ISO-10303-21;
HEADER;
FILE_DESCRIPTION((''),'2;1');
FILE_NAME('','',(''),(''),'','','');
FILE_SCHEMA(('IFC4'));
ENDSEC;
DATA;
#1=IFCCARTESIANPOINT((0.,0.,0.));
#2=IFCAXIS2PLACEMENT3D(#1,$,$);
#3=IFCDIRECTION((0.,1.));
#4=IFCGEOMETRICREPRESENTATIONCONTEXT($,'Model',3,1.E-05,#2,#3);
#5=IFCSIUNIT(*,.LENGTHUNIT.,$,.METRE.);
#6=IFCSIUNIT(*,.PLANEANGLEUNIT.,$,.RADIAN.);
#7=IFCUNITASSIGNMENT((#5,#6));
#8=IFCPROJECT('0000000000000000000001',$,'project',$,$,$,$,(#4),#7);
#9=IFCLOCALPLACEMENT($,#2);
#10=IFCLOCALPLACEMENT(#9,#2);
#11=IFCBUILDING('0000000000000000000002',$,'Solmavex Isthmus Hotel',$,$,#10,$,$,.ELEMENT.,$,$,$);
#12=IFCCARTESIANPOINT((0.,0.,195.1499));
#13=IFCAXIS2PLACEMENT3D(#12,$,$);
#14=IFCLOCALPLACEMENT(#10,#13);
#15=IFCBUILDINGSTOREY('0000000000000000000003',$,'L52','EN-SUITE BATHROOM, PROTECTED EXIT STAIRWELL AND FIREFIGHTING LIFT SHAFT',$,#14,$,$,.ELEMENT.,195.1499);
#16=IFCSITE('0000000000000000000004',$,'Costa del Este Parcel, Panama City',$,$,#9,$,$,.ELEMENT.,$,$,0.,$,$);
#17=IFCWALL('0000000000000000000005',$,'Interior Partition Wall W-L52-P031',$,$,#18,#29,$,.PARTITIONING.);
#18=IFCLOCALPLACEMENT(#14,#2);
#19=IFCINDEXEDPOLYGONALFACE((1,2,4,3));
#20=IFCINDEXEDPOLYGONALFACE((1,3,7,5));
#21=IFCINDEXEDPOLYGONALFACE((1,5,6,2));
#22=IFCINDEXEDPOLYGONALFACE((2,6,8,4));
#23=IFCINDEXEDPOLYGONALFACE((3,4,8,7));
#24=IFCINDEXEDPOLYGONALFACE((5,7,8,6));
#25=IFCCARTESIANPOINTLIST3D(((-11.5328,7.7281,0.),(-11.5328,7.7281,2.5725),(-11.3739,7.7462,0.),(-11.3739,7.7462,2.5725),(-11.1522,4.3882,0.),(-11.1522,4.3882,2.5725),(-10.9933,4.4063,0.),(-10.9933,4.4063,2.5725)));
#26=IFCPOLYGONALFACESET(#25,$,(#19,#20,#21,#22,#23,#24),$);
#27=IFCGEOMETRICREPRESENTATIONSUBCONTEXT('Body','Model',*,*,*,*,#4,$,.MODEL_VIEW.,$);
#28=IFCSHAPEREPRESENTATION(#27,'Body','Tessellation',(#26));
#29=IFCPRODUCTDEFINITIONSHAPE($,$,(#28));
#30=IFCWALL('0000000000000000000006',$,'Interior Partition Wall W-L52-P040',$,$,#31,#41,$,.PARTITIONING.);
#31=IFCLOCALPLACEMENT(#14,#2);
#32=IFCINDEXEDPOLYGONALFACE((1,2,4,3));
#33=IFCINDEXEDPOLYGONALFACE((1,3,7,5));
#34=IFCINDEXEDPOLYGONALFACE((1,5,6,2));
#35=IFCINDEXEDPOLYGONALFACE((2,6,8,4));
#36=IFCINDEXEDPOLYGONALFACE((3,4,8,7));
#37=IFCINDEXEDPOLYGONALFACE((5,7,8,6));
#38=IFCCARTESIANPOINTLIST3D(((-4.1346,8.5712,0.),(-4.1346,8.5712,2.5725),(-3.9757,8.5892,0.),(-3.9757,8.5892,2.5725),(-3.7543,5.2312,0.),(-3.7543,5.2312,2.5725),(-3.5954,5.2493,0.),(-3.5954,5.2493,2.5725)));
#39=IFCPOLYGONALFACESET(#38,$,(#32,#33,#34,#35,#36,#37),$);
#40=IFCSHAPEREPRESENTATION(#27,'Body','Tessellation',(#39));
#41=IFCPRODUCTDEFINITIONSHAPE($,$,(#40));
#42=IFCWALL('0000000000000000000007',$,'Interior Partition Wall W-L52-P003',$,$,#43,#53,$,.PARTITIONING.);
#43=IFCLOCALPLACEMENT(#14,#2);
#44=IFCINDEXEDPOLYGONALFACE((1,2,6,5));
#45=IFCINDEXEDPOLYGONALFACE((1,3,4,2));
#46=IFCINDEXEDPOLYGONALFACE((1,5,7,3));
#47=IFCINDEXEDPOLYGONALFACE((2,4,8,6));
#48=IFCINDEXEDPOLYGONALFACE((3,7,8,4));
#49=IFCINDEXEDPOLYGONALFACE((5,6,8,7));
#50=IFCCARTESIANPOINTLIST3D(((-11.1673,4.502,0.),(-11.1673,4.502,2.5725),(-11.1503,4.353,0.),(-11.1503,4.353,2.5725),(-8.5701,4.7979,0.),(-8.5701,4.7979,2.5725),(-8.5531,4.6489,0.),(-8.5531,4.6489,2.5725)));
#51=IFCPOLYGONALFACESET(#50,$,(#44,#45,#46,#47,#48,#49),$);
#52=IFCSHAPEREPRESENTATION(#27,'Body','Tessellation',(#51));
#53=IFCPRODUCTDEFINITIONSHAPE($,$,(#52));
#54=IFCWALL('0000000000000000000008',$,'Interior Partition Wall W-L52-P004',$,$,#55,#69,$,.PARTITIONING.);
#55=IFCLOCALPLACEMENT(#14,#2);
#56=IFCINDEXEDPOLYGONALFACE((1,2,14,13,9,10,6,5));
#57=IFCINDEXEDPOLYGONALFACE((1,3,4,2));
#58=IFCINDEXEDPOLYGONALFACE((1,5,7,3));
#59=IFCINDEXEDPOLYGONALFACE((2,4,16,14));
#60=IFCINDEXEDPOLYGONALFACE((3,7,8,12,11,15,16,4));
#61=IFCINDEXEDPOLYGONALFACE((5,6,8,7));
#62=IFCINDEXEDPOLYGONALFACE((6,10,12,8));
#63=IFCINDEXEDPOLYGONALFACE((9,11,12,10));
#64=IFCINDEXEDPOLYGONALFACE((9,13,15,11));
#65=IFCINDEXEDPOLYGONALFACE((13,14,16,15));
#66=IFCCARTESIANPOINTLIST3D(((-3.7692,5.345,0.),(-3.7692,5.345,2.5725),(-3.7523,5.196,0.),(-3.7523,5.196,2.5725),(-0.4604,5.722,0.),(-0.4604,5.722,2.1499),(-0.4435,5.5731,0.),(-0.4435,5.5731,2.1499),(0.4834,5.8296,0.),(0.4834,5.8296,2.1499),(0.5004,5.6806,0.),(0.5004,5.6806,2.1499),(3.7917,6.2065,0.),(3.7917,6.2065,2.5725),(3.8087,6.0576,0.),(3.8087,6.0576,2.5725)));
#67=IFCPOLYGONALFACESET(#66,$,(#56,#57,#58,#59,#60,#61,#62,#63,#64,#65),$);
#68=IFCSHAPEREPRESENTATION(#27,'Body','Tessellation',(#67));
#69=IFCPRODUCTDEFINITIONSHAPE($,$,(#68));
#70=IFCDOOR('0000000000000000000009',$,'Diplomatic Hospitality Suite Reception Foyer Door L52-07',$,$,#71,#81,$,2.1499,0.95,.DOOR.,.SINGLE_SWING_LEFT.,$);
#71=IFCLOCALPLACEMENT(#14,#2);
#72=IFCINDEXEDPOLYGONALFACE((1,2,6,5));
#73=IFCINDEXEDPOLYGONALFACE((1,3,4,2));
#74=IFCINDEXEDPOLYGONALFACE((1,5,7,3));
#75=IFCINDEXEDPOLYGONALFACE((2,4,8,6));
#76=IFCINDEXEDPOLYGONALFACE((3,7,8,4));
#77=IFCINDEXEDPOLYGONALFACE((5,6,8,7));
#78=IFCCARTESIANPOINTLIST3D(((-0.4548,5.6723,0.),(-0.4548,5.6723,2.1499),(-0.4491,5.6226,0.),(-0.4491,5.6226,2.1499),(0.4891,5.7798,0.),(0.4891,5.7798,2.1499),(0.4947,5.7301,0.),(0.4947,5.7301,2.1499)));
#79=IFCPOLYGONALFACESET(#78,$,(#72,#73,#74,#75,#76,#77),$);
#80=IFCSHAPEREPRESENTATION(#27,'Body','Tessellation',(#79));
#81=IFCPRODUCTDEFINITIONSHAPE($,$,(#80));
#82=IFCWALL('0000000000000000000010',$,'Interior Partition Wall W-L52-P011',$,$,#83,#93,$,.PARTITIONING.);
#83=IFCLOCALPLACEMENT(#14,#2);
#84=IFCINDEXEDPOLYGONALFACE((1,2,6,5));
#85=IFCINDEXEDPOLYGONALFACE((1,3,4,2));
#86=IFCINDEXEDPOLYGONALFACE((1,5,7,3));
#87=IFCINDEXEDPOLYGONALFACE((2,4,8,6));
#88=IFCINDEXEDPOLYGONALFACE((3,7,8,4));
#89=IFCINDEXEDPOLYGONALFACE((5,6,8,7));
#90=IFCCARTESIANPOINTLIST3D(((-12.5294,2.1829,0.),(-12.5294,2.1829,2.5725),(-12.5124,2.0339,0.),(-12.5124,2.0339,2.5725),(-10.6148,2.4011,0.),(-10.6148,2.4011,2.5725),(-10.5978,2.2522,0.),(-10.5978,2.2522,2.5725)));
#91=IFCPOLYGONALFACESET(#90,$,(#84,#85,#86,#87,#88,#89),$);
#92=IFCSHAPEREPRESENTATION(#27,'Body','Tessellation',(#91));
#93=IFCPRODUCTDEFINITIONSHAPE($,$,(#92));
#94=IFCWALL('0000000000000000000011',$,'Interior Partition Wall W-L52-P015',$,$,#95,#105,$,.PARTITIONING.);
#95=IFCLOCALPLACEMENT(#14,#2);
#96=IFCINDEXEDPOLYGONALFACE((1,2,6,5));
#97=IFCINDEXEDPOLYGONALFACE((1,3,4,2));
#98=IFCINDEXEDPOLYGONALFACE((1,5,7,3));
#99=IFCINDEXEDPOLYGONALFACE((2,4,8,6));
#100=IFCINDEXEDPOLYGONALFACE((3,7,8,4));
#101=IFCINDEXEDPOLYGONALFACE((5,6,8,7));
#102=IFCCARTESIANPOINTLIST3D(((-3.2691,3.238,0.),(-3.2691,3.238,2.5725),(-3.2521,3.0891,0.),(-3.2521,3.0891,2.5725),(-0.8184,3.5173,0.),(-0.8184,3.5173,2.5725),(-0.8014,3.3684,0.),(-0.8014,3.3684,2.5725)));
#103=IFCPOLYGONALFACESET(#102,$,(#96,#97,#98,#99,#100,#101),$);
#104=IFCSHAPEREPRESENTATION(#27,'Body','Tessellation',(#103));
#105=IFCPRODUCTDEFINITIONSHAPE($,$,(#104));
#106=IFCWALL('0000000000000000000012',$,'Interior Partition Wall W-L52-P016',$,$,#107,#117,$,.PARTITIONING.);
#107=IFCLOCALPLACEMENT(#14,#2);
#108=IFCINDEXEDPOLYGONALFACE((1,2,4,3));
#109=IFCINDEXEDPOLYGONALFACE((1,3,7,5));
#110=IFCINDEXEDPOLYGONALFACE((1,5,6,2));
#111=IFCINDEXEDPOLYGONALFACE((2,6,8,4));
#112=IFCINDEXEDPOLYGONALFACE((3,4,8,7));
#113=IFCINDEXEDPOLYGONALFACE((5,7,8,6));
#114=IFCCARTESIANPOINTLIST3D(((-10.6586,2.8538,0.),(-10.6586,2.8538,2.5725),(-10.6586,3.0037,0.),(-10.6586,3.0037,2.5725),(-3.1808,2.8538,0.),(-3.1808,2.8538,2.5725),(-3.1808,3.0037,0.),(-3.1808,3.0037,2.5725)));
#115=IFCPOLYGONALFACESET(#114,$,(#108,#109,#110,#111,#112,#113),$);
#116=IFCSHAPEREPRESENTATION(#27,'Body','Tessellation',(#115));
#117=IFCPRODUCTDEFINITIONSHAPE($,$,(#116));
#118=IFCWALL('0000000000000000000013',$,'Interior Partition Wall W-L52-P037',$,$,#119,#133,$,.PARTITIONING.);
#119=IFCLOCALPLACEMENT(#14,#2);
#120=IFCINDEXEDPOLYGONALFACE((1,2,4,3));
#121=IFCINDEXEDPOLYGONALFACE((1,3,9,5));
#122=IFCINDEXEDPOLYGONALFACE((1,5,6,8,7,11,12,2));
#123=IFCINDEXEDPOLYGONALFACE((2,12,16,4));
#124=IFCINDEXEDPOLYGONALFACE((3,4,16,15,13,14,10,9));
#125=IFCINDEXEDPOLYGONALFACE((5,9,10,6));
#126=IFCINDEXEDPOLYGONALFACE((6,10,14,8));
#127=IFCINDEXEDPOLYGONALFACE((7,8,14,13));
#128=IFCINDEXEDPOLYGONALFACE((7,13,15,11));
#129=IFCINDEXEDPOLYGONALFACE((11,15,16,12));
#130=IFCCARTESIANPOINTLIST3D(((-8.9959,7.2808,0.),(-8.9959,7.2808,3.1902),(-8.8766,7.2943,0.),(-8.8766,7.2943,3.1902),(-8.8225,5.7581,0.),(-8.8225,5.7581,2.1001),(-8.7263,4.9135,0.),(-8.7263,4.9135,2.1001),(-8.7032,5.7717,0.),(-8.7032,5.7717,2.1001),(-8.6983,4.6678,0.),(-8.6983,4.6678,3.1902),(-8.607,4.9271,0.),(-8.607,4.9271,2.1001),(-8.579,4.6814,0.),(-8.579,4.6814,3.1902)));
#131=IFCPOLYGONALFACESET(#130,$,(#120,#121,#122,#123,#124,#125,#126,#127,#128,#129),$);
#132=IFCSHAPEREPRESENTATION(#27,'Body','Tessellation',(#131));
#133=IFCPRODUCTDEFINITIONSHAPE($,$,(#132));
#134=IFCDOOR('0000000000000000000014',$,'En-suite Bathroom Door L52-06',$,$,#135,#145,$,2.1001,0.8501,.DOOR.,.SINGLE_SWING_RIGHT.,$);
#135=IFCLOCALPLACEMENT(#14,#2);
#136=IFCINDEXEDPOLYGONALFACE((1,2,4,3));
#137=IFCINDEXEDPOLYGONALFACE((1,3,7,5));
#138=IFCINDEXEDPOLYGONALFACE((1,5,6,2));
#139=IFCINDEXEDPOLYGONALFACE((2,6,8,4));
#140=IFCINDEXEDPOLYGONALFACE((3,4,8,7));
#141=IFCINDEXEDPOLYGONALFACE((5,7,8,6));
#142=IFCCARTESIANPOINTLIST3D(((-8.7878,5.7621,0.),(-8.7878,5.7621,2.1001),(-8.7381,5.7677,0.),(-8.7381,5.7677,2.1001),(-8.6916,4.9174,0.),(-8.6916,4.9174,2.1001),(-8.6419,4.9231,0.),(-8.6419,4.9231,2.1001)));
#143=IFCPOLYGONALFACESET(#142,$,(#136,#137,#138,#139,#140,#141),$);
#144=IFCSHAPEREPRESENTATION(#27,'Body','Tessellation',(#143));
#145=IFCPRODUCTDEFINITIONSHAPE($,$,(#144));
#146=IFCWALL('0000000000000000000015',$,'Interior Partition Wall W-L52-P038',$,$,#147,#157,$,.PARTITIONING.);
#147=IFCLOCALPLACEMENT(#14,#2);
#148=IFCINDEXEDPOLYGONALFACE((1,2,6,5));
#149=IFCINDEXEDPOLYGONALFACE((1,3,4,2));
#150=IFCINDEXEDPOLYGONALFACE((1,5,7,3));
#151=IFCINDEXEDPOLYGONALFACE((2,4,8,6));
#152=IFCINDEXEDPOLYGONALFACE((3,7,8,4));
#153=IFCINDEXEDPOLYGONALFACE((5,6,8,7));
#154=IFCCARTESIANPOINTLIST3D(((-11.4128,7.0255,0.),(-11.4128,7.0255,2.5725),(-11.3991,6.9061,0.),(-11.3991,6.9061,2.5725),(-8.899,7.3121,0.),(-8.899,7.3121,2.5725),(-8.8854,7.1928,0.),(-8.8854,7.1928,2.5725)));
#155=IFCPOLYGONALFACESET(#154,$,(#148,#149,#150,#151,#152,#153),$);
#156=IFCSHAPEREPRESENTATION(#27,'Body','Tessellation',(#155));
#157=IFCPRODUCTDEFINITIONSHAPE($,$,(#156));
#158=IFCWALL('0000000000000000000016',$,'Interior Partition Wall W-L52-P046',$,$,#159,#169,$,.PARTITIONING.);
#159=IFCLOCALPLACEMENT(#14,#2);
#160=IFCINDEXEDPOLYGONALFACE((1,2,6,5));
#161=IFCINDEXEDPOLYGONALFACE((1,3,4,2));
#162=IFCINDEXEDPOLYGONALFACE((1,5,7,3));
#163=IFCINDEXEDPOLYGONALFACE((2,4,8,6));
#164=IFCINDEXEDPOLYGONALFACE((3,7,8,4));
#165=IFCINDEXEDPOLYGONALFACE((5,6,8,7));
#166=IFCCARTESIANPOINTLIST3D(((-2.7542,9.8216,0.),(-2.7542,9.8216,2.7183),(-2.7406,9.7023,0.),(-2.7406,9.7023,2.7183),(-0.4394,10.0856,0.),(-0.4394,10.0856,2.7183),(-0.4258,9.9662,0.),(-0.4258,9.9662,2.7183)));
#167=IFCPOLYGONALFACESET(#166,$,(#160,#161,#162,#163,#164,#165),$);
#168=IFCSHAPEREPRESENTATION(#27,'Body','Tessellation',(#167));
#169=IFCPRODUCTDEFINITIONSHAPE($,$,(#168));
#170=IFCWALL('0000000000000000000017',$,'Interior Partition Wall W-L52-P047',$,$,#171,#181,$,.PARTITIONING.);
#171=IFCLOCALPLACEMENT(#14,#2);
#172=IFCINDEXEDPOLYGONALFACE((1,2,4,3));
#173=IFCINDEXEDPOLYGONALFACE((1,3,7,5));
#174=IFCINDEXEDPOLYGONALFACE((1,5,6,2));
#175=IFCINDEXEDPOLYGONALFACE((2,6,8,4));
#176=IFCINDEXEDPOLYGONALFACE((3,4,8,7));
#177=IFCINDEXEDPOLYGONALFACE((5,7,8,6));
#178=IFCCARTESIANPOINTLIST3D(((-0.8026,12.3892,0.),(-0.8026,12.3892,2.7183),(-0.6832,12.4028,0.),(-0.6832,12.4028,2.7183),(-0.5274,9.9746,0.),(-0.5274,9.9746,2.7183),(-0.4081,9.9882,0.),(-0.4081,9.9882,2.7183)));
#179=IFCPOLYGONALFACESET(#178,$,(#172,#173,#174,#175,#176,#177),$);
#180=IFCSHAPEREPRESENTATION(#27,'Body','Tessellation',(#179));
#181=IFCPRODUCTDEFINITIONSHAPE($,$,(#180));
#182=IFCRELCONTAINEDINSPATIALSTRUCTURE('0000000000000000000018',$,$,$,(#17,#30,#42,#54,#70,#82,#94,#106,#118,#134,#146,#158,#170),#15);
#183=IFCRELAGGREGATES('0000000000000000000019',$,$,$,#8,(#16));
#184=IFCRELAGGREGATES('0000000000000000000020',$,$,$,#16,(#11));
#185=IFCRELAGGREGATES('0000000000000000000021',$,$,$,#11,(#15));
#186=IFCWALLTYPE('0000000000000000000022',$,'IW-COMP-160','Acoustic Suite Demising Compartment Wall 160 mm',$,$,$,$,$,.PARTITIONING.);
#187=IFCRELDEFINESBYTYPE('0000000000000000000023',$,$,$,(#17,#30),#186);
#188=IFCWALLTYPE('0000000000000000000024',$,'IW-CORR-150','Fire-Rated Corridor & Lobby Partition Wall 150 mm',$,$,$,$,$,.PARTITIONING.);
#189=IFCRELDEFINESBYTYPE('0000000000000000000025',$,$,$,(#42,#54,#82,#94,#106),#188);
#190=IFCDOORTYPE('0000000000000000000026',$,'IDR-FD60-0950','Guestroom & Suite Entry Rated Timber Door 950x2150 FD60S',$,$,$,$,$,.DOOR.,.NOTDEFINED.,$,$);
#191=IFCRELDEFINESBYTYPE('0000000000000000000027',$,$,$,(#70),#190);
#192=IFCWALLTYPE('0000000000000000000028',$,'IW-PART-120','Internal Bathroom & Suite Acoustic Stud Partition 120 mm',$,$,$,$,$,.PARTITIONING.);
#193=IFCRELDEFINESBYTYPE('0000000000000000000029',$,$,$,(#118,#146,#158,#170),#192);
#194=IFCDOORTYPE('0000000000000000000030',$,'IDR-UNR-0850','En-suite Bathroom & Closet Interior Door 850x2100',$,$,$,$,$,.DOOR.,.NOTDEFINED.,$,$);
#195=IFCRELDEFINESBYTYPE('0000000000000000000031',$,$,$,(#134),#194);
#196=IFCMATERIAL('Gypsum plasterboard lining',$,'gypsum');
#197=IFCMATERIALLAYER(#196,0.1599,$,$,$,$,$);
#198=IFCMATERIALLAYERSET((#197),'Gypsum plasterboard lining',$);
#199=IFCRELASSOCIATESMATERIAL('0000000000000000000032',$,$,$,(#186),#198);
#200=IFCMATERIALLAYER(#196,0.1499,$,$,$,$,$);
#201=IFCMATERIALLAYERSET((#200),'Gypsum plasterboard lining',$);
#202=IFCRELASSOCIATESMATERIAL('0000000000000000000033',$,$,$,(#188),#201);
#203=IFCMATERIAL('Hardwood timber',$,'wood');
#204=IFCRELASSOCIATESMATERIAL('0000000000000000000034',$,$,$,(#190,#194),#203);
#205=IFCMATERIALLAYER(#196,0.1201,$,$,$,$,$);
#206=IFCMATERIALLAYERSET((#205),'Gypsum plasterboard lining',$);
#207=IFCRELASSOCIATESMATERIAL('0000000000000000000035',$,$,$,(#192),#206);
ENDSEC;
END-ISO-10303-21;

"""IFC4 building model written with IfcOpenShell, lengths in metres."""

from ifc_helpers import new_model, si_unit, direction, frame, frame_2d, origin, place, context, subcontext, project, spatial, rectangle, extrude, material, layer, layer_set, type_object, element, fill, save


model = new_model("IFC4")

# Units and contexts
model_context = context("Model", 3, precision=1e-05, world=origin(), true_north=direction((0.0, 1.0)))
body_context = subcontext(model_context, "Body", "Model", "MODEL_VIEW")
ifc_project = project(units=[si_unit("LENGTHUNIT", "METRE"), si_unit("PLANEANGLEUNIT", "RADIAN")], contexts=[model_context])

# Site, building, storey
site_placement = place(None, origin())
site = spatial("IfcSite", under=ifc_project, at=site_placement, Name="Costa del Este Parcel, Panama City", CompositionType="ELEMENT", RefElevation=0.0)
building_placement = place(site_placement, origin())
building = spatial("IfcBuilding", under=site, at=building_placement, Name="Solmavex Isthmus Hotel", CompositionType="ELEMENT")
storey_placement = place(building_placement, frame((0.0, 0.0, 195.1499)))
storey = spatial("IfcBuildingStorey", under=building, at=storey_placement, Name="L52", Description="EN-SUITE BATHROOM, PROTECTED EXIT STAIRWELL AND FIREFIGHTING LIFT SHAFT", CompositionType="ELEMENT", Elevation=195.1499)

# Walls
ifc_material_1 = material(Name="Gypsum plasterboard lining", Category="gypsum")
ifc_layer_1 = layer(ifc_material_1, 0.1599)
ifc_layer_set_1 = layer_set([ifc_layer_1], Name="Gypsum plasterboard lining")
wall_type_1 = type_object("IfcWallType", Name="IW-COMP-160", Description="Acoustic Suite Demising Compartment Wall 160 mm", PredefinedType="PARTITIONING", material=ifc_layer_set_1)
for number, where, z_axis, x_axis, name in (
    (1, (-11.4534, 7.7371, 0.0), (0.0, 0.0, 1.0), (0.113229, -0.993569, 0.0), "Interior Partition Wall W-L52-P031"),
    (2, (-4.0552, 8.5801, 0.0), (0.0, 0.0, 1.0), (0.113149, -0.993578, 0.0), "Interior Partition Wall W-L52-P040"),
):
    element("IfcWall", number, at=place(storey_placement, frame(where, z_axis=z_axis, x_axis=x_axis)), inside=storey, type_object=wall_type_1, Name=name, PredefinedType="PARTITIONING", context=body_context, shape_type="SweptSolid", body=[
        extrude(rectangle(XDim=3.3616, YDim=0.1599, at=frame_2d((1.6807, 0.0))), origin(), (0.0, 0.0, 1.0), 2.5725),
    ])

# Shared definitions
ifc_layer_2 = layer(ifc_material_1, 0.1499)
ifc_layer_set_2 = layer_set([ifc_layer_2], Name="Gypsum plasterboard lining")
wall_type_2 = type_object("IfcWallType", Name="IW-CORR-150", Description="Fire-Rated Corridor & Lobby Partition Wall 150 mm", PredefinedType="PARTITIONING", material=ifc_layer_set_2)
ifc_material_2 = material(Name="Hardwood timber", Category="wood")
door_type_1 = type_object("IfcDoorType", Name="IDR-FD60-0950", Description="Guestroom & Suite Entry Rated Timber Door 950x2150 FD60S", OperationType="NOTDEFINED", PredefinedType="DOOR", material=ifc_material_2)

# Wall
wall_1_placement = place(storey_placement, frame((-11.1589, 4.4275, 0.0), z_axis=(0.0, 0.0, 1.0), x_axis=(0.993572, 0.113199, 0.0)))
element("IfcWall", 3, at=wall_1_placement, inside=storey, type_object=wall_type_2, Name="Interior Partition Wall W-L52-P003", PredefinedType="PARTITIONING", context=body_context, shape_type="SweptSolid", body=[
    extrude(rectangle(XDim=2.614, YDim=0.1499, at=frame_2d((1.3071, 0.0))), origin(), (0.0, 0.0, 1.0), 2.5725),
])

# Wall, opening, door
wall_2_placement = place(storey_placement, frame((-3.7607, 5.2705, 0.0), z_axis=(0.0, 0.0, 1.0), x_axis=(0.99357, 0.113216, 0.0)))
wall_2 = element("IfcWall", 4, at=wall_2_placement, inside=storey, type_object=wall_type_2, Name="Interior Partition Wall W-L52-P004", PredefinedType="PARTITIONING", context=body_context, shape_type="SweptSolid", body=[
    extrude(rectangle(XDim=7.6099, YDim=0.1499, at=frame_2d((3.8049, 0.0))), origin(), (0.0, 0.0, 1.0), 2.5725),
])
opening_1_placement = place(wall_2_placement, frame((3.3301, 0.0, 0.0)))
opening_1 = element("IfcOpeningElement", 5, at=opening_1_placement, cuts=wall_2, PredefinedType="OPENING", context=body_context, shape_type="SweptSolid", body=[
    extrude(rectangle(XDim=0.95, YDim=2.1499, at=frame_2d((0.4751, 1.075))), frame((0.0, 0.085, 0.0), z_axis=(0.0, -1.0, 0.0), x_axis=(1.0, 0.0, 0.0)), (0.0, 0.0, 1.0), 0.1699),
])
door_1_placement = place(opening_1_placement, origin())
door_1 = element("IfcDoor", 6, at=door_1_placement, inside=storey, type_object=door_type_1, Name="Diplomatic Hospitality Suite Reception Foyer Door L52-07", OperationType="SINGLE_SWING_LEFT", OverallHeight=2.1499, OverallWidth=0.95, PredefinedType="DOOR", context=body_context, shape_type="SweptSolid", body=[
    extrude(rectangle(XDim=0.95, YDim=2.1499, at=frame_2d((0.4751, 1.075))), frame((0.0, 0.0249, 0.0), z_axis=(0.0, -1.0, 0.0), x_axis=(1.0, 0.0, 0.0)), (0.0, 0.0, 1.0), 0.05),
])
fill(opening_1, door_1)

# Walls
wall_3_placement = place(storey_placement, frame((-10.6064, 2.3267, 0.0), z_axis=(0.0, 0.0, 1.0), x_axis=(-0.993564, -0.113268, 0.0)))
element("IfcWall", 7, at=wall_3_placement, inside=storey, type_object=wall_type_2, Name="Interior Partition Wall W-L52-P011", PredefinedType="PARTITIONING", context=body_context, shape_type="SweptSolid", body=[
    extrude(rectangle(XDim=1.927, YDim=0.1499, at=frame_2d((0.9634, 0.0))), origin(), (0.0, 0.0, 1.0), 2.5725),
])
wall_4_placement = place(storey_placement, frame((-0.8098, 3.4429, 0.0), z_axis=(0.0, 0.0, 1.0), x_axis=(-0.993568, -0.113234, 0.0)))
element("IfcWall", 8, at=wall_4_placement, inside=storey, type_object=wall_type_2, Name="Interior Partition Wall W-L52-P015", PredefinedType="PARTITIONING", context=body_context, shape_type="SweptSolid", body=[
    extrude(rectangle(XDim=2.4666, YDim=0.1499, at=frame_2d((1.2334, 0.0))), origin(), (0.0, 0.0, 1.0), 2.5725),
])
wall_5_placement = place(storey_placement, frame((-3.1809, 2.9287, 0.0), z_axis=(0.0, 0.0, 1.0), x_axis=(-1.0, 0.0, 0.0)))
element("IfcWall", 9, at=wall_5_placement, inside=storey, type_object=wall_type_2, Name="Interior Partition Wall W-L52-P016", PredefinedType="PARTITIONING", context=body_context, shape_type="SweptSolid", body=[
    extrude(rectangle(XDim=7.4778, YDim=0.1499, at=frame_2d((3.7388, 0.0))), origin(), (0.0, 0.0, 1.0), 2.5725),
])

# Wall, opening, door
ifc_layer_3 = layer(ifc_material_1, 0.1201)
ifc_layer_set_3 = layer_set([ifc_layer_3], Name="Gypsum plasterboard lining")
wall_type_3 = type_object("IfcWallType", Name="IW-PART-120", Description="Internal Bathroom & Suite Acoustic Stud Partition 120 mm", PredefinedType="PARTITIONING", material=ifc_layer_set_3)
wall_6_placement = place(storey_placement, frame((-8.6387, 4.6746, 0.0), z_axis=(0.0, 0.0, 1.0), x_axis=(-0.113162, 0.993577, 0.0)))
wall_6 = element("IfcWall", 10, at=wall_6_placement, inside=storey, type_object=wall_type_3, Name="Interior Partition Wall W-L52-P037", PredefinedType="PARTITIONING", context=body_context, shape_type="SweptSolid", body=[
    extrude(rectangle(XDim=2.6299, YDim=0.1201, at=frame_2d((1.3149, 0.0))), origin(), (0.0, 0.0, 1.0), 3.1902),
])
opening_2_placement = place(wall_6_placement, frame((0.2473, 0.0, 0.0)))
opening_2 = element("IfcOpeningElement", 11, at=opening_2_placement, cuts=wall_6, PredefinedType="OPENING", context=body_context, shape_type="SweptSolid", body=[
    extrude(rectangle(XDim=0.8501, YDim=2.1001, at=frame_2d((0.425, 1.05))), frame((0.0, 0.0701, 0.0), z_axis=(0.0, -1.0, 0.0), x_axis=(1.0, 0.0, 0.0)), (0.0, 0.0, 1.0), 0.1401),
])
door_type_2 = type_object("IfcDoorType", Name="IDR-UNR-0850", Description="En-suite Bathroom & Closet Interior Door 850x2100", OperationType="NOTDEFINED", PredefinedType="DOOR", material=ifc_material_2)
door_2_placement = place(opening_2_placement, frame((0.8501, 0.0, 0.0), z_axis=(0.0, 0.0, 1.0), x_axis=(-1.0, 0.0, 0.0)))
door_2 = element("IfcDoor", 12, at=door_2_placement, inside=storey, type_object=door_type_2, Name="En-suite Bathroom Door L52-06", OperationType="SINGLE_SWING_RIGHT", OverallHeight=2.1001, OverallWidth=0.8501, PredefinedType="DOOR", context=body_context, shape_type="SweptSolid", body=[
    extrude(rectangle(XDim=0.8501, YDim=2.1001, at=frame_2d((0.425, 1.05))), frame((0.0, 0.0249, 0.0), z_axis=(0.0, -1.0, 0.0), x_axis=(1.0, 0.0, 0.0)), (0.0, 0.0, 1.0), 0.05),
])
fill(opening_2, door_2)

# Walls
wall_7_placement = place(storey_placement, frame((-8.8921, 7.2524, 0.0), z_axis=(0.0, 0.0, 1.0), x_axis=(-0.993562, -0.113291, 0.0)))
element("IfcWall", 13, at=wall_7_placement, inside=storey, type_object=wall_type_3, Name="Interior Partition Wall W-L52-P038", PredefinedType="PARTITIONING", context=body_context, shape_type="SweptSolid", body=[
    extrude(rectangle(XDim=2.53, YDim=0.1201, at=frame_2d((1.2651, 0.0))), origin(), (0.0, 0.0, 1.0), 2.5725),
])
wall_8_placement = place(storey_placement, frame((-2.7476, 9.762, 0.0), z_axis=(0.0, 0.0, 1.0), x_axis=(0.993564, 0.113272, 0.0)))
element("IfcWall", 14, at=wall_8_placement, inside=storey, type_object=wall_type_3, Name="Interior Partition Wall W-L52-P046", PredefinedType="PARTITIONING", context=body_context, shape_type="SweptSolid", body=[
    extrude(rectangle(XDim=2.3298, YDim=0.1201, at=frame_2d((1.165, 0.0))), origin(), (0.0, 0.0, 1.0), 2.7183),
])
wall_9_placement = place(storey_placement, frame((-0.4678, 9.9814, 0.0), z_axis=(0.0, 0.0, 1.0), x_axis=(-0.113221, 0.99357, 0.0)))
element("IfcWall", 15, at=wall_9_placement, inside=storey, type_object=wall_type_3, Name="Interior Partition Wall W-L52-P047", PredefinedType="PARTITIONING", context=body_context, shape_type="SweptSolid", body=[
    extrude(rectangle(XDim=2.4302, YDim=0.1201, at=frame_2d((1.2151, 0.0))), origin(), (0.0, 0.0, 1.0), 2.7183),
])

save(model, "model.ifc")
